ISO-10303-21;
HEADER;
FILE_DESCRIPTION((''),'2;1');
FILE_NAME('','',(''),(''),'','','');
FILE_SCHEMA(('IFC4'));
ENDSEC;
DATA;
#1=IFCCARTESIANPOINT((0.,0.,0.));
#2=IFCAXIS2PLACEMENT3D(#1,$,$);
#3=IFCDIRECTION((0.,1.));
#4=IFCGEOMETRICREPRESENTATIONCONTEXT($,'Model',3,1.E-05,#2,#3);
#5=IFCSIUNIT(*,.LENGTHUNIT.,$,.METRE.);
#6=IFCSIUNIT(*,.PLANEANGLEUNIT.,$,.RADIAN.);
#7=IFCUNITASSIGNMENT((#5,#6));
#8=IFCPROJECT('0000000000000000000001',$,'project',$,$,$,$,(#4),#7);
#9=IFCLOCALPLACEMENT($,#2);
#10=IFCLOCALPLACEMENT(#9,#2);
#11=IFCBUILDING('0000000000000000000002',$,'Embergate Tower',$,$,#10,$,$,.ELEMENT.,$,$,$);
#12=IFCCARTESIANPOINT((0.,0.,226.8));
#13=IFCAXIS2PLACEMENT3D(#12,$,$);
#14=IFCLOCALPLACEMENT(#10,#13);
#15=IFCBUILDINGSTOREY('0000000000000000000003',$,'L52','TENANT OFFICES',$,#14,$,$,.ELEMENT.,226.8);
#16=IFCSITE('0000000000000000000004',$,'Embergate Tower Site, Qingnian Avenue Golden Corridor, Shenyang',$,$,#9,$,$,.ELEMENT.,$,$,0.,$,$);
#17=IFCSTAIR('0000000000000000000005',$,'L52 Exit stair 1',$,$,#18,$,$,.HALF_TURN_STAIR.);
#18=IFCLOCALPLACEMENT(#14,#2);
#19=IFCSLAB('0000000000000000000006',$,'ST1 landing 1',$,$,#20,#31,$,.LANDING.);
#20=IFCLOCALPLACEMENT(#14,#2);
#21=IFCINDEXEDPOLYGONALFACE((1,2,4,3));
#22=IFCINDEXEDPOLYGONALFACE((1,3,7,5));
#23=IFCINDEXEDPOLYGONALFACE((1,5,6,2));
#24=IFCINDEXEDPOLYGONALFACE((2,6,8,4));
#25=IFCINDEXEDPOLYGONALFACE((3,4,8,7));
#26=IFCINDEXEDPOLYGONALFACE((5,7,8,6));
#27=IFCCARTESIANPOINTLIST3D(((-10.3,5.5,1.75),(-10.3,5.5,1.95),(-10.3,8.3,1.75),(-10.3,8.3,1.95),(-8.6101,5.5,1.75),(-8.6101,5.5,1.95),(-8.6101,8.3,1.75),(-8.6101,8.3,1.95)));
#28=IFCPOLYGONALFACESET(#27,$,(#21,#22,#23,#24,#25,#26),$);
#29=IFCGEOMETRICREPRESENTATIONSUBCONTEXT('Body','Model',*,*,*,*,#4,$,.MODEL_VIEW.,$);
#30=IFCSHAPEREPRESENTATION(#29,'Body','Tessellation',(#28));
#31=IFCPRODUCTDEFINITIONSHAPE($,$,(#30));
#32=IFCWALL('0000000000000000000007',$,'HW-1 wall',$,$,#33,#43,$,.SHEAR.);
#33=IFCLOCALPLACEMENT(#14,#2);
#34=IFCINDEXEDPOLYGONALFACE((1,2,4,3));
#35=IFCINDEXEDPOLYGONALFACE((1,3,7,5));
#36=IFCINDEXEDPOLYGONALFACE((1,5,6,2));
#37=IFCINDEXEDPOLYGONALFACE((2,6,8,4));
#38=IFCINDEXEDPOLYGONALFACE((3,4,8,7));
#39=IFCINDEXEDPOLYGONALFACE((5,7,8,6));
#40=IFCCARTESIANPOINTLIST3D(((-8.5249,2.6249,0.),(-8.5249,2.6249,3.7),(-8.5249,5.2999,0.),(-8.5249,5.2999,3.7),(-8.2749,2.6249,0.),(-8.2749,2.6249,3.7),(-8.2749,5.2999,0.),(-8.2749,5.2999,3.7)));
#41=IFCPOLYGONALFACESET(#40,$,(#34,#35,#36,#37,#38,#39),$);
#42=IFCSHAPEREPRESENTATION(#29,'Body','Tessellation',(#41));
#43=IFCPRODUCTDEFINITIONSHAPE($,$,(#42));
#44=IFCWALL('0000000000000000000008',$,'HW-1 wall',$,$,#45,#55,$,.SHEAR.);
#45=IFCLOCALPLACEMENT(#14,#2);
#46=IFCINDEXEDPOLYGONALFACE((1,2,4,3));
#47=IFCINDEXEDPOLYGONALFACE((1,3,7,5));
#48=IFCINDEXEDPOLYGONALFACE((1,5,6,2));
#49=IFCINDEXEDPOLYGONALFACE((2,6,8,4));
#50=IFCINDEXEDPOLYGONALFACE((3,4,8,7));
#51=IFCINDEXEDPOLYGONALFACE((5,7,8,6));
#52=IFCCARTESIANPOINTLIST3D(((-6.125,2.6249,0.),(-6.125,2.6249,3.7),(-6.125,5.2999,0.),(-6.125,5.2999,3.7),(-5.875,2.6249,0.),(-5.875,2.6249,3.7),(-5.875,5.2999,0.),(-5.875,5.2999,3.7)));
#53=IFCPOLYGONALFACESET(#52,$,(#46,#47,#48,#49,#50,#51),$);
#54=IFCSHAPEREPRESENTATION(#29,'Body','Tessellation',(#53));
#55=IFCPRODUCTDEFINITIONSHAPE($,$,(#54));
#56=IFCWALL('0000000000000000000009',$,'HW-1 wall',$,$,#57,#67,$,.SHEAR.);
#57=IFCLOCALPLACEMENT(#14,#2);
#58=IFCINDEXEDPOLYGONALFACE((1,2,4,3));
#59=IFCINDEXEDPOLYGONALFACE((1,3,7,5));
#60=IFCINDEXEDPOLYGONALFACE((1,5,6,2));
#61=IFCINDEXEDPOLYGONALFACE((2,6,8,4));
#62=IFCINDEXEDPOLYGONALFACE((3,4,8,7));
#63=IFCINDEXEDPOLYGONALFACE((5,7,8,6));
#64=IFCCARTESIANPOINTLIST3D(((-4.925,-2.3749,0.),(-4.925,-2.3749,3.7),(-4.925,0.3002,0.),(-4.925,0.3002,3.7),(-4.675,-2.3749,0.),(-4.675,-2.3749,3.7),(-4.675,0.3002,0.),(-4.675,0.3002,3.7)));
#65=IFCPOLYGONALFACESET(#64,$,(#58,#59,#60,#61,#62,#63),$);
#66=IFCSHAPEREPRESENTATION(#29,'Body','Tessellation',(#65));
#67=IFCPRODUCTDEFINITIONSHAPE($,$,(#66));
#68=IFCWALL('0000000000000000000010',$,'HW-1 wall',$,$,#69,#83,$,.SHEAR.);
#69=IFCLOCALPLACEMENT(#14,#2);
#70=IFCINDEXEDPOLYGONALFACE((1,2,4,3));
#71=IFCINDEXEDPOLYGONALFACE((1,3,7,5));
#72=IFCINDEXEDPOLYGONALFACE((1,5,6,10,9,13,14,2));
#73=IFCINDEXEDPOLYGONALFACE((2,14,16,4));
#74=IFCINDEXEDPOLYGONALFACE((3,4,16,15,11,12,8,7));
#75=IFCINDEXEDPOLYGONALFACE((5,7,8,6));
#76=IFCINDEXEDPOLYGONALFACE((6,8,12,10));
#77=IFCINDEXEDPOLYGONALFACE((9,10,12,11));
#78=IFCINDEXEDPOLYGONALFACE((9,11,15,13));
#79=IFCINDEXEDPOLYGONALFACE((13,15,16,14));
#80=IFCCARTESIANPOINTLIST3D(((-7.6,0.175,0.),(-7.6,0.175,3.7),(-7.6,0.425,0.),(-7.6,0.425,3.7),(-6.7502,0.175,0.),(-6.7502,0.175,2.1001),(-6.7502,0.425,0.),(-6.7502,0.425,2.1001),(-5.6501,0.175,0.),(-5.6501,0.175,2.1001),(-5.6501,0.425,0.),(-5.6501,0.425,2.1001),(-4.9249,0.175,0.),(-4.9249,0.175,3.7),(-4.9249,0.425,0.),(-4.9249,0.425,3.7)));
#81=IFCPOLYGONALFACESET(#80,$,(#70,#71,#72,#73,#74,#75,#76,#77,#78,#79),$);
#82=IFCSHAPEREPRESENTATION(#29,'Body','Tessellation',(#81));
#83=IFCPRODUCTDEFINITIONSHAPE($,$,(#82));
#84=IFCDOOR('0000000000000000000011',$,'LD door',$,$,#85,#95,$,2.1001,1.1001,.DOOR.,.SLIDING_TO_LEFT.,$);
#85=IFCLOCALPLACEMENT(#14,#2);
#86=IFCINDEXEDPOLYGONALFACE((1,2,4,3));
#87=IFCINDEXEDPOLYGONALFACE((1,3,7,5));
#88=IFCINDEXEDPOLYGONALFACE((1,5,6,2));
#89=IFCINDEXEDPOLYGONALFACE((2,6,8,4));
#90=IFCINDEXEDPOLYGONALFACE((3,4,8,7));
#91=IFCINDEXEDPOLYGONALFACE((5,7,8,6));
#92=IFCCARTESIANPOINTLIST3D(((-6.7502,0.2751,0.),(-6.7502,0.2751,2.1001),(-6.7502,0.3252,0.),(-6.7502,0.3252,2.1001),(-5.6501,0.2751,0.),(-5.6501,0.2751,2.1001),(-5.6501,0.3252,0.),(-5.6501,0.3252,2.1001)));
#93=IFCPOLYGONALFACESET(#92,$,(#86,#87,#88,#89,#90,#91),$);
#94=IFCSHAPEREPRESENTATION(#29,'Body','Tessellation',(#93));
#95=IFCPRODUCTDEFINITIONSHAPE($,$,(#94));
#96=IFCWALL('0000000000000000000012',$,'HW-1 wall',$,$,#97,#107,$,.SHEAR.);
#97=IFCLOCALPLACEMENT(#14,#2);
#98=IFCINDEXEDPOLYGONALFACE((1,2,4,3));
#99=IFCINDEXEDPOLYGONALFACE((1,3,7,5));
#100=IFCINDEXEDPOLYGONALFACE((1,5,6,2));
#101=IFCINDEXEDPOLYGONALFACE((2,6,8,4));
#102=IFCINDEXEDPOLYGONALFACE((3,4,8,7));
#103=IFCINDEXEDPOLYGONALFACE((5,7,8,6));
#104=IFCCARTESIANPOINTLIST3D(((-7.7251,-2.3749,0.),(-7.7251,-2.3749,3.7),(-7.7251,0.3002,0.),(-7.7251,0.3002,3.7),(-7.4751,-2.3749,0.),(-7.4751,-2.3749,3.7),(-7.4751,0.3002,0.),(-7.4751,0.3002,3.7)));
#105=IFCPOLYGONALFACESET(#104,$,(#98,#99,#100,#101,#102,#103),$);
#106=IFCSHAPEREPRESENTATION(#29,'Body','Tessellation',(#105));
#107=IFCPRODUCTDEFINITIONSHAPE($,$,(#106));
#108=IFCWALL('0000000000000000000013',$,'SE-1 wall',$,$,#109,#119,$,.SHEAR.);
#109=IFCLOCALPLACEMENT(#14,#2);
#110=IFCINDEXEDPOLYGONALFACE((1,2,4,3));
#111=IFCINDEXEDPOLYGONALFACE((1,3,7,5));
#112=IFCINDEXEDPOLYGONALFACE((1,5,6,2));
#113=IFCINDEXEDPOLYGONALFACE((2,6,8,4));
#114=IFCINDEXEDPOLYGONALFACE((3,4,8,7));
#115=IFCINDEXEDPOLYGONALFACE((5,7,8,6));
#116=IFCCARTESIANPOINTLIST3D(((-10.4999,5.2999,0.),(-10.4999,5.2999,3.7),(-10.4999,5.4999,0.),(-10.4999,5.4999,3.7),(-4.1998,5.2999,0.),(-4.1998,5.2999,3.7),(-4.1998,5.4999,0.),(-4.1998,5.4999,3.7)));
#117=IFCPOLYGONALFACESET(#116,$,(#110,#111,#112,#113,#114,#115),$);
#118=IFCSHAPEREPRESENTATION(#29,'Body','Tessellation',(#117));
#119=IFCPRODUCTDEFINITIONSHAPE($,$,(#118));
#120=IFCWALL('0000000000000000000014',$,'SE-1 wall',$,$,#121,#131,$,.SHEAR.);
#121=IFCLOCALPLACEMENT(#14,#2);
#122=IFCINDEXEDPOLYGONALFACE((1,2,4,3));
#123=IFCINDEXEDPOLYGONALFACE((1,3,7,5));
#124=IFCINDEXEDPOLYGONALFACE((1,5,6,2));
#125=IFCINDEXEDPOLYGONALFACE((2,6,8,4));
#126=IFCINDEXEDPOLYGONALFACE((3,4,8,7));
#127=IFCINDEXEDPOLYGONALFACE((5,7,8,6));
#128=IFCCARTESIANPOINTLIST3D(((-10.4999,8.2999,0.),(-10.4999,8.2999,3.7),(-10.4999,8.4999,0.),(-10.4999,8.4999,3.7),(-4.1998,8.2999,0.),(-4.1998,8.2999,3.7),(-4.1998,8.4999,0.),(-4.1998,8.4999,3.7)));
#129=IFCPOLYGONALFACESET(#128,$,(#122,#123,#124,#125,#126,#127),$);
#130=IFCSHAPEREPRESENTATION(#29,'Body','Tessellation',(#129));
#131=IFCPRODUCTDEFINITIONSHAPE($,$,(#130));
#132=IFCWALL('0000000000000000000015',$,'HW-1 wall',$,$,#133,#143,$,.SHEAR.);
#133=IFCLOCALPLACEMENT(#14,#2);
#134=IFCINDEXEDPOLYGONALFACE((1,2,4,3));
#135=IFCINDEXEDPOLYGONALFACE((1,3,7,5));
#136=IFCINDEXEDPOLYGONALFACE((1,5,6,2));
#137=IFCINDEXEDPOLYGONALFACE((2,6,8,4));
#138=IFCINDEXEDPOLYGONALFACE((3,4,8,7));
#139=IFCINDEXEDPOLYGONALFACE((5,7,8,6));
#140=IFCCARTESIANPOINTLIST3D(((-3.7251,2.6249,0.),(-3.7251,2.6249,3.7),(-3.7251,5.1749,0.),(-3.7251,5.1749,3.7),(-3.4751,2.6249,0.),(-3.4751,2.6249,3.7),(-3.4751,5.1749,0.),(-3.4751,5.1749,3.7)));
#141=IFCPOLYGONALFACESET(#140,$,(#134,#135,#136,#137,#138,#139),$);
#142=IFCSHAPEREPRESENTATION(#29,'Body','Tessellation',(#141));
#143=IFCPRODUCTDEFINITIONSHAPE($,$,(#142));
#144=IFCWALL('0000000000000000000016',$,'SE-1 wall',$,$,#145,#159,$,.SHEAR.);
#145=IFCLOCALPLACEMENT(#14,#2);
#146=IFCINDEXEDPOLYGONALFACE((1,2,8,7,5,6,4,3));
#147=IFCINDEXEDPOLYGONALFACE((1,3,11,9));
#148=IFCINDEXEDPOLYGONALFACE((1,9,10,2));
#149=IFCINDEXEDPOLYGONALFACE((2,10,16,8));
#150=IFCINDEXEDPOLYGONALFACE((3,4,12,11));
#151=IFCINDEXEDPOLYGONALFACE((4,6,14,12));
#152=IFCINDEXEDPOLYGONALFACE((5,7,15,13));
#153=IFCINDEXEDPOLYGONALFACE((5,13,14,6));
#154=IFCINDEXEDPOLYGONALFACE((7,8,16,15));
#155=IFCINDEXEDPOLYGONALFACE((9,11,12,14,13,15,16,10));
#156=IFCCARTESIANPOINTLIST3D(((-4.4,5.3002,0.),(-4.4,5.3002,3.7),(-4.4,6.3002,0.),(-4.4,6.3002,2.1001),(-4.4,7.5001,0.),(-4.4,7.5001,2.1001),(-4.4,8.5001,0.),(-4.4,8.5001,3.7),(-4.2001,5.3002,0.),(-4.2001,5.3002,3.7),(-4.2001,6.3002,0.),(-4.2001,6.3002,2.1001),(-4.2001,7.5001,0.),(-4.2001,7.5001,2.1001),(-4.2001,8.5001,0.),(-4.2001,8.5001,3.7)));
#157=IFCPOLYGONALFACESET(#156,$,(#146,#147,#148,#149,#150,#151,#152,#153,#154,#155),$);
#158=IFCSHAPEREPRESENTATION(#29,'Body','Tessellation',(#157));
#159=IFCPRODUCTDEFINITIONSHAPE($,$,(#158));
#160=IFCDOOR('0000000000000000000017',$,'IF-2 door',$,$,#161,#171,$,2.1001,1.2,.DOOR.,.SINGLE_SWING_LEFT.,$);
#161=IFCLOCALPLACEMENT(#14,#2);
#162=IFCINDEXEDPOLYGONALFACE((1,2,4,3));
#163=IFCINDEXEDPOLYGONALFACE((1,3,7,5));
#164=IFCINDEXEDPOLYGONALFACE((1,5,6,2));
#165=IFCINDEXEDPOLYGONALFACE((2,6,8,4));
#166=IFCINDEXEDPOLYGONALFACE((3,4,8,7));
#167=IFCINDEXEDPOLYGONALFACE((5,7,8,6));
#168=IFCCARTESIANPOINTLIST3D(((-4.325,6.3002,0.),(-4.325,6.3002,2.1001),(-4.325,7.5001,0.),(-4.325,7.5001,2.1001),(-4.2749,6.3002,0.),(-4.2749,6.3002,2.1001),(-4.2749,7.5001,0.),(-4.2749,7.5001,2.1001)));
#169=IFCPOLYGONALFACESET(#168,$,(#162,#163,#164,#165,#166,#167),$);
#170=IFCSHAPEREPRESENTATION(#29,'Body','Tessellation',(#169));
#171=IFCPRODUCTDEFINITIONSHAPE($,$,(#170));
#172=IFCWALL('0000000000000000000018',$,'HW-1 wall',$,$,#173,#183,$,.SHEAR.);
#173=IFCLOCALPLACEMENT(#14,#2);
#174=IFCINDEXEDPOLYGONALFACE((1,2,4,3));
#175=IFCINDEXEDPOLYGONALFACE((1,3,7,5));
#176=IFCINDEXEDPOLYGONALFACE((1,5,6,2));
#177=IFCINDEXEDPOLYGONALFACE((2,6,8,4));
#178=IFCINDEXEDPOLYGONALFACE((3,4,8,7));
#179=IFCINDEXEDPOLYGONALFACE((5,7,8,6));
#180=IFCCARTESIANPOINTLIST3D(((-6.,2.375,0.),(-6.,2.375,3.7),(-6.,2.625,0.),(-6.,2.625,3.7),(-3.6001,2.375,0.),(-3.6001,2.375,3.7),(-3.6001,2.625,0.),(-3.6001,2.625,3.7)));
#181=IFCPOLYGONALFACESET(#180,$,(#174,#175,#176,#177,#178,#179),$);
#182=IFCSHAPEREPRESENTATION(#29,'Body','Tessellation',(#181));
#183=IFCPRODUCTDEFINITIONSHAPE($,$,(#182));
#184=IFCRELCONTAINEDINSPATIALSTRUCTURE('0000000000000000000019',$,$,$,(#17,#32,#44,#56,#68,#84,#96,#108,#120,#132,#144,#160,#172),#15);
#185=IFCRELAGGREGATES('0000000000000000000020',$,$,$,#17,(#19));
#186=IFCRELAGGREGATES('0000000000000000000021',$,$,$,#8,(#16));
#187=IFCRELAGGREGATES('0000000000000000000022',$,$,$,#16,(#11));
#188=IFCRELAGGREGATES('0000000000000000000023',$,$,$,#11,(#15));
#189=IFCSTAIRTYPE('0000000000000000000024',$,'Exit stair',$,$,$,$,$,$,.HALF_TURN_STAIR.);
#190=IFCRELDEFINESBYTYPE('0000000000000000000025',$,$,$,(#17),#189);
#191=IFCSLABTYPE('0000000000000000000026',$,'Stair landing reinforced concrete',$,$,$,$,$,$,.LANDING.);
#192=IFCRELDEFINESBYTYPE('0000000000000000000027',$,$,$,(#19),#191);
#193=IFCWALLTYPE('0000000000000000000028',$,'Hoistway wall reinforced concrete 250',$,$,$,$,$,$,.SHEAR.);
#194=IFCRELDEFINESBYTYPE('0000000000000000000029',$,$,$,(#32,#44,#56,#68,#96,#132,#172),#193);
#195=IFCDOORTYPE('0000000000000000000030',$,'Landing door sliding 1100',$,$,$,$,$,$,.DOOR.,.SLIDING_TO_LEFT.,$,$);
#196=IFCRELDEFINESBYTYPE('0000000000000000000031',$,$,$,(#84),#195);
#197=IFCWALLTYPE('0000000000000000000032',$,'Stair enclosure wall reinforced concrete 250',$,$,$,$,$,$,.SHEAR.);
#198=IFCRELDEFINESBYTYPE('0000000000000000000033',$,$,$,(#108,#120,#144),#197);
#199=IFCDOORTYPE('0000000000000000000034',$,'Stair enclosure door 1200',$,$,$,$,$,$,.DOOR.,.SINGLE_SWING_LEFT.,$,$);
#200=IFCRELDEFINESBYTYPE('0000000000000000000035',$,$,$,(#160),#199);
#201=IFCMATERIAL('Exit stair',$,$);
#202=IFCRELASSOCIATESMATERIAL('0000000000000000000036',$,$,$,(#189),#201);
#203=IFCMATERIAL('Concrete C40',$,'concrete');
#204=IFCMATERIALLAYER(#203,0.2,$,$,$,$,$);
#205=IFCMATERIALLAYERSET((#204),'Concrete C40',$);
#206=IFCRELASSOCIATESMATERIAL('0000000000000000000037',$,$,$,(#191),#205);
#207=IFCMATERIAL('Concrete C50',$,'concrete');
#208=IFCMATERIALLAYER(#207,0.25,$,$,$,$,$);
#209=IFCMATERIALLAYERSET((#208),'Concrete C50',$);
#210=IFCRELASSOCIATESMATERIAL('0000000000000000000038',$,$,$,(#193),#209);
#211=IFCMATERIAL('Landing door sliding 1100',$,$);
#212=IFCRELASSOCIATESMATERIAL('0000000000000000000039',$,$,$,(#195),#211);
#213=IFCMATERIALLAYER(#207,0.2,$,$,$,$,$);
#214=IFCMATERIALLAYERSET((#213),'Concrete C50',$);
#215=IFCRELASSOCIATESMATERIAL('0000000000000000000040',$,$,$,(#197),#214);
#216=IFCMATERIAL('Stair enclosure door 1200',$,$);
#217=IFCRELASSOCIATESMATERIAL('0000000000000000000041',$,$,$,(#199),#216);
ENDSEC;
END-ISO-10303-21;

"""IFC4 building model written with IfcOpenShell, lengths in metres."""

from ifc_helpers import new_model, si_unit, direction, frame, frame_2d, origin, place, context, subcontext, project, spatial, polyline, rectangle, outline, extrude, source, transform, mapped, material, layer, layer_set, type_object, element, fill, aggregate, save


model = new_model("IFC4")

# Units and contexts
model_context = context("Model", 3, precision=1e-05, world=origin(), true_north=direction((0.0, 1.0)))
body_context = subcontext(model_context, "Body", "Model", "MODEL_VIEW")
ifc_project = project(units=[si_unit("LENGTHUNIT", "METRE"), si_unit("PLANEANGLEUNIT", "RADIAN")], contexts=[model_context])

# Site, building, storey
site_placement = place(None, origin())
site = spatial("IfcSite", under=ifc_project, at=site_placement, Name="Embergate Tower Site, Qingnian Avenue Golden Corridor, Shenyang", CompositionType="ELEMENT", RefElevation=0.0)
building_placement = place(site_placement, origin())
building = spatial("IfcBuilding", under=site, at=building_placement, Name="Embergate Tower", CompositionType="ELEMENT")
storey_placement = place(building_placement, frame((0.0, 0.0, 226.8)))
storey = spatial("IfcBuildingStorey", under=building, at=storey_placement, Name="L52", Description="TENANT OFFICES", CompositionType="ELEMENT", Elevation=226.8)

# Stair, slab
ifc_material_1 = material(Name="Exit stair")
stair_type = type_object("IfcStairType", Name="Exit stair", PredefinedType="HALF_TURN_STAIR", material=ifc_material_1)
stair_placement = place(storey_placement, origin())
stair = element("IfcStair", 1, at=stair_placement, inside=storey, type_object=stair_type, Name="L52 Exit stair 1", PredefinedType="HALF_TURN_STAIR")
ifc_material_2 = material(Name="Concrete C40", Category="concrete")
ifc_layer_1 = layer(ifc_material_2, 0.2)
ifc_layer_set_1 = layer_set([ifc_layer_1], Name="Concrete C40")
slab_type = type_object("IfcSlabType", Name="Stair landing reinforced concrete", PredefinedType="LANDING", material=ifc_layer_set_1)
shared_shape_1 = source(origin(), body_context, "Body", "SweptSolid", [
    extrude(outline(polyline([(0.0, 0.0), (1.6899, 0.0), (1.6899, 2.8), (0.0, 2.8), (0.0, 0.0)])), origin(), (0.0, 0.0, 1.0), 0.2),
])
slab_placement = place(storey_placement, frame((-10.3, 5.5, 1.75)))
slab = element("IfcSlab", 2, at=slab_placement, type_object=slab_type, Name="ST1 landing 1", PredefinedType="LANDING", context=body_context, shape_type="MappedRepresentation", body=[
    mapped(shared_shape_1, transform((0.0, 0.0, 0.0))),
])

# Walls
ifc_material_3 = material(Name="Concrete C50", Category="concrete")
ifc_layer_2 = layer(ifc_material_3, 0.25)
ifc_layer_set_2 = layer_set([ifc_layer_2], Name="Concrete C50")
wall_type_1 = type_object("IfcWallType", Name="Hoistway wall reinforced concrete 250", PredefinedType="SHEAR", material=ifc_layer_set_2)
shared_shape_2 = source(origin(), body_context, "Body", "SweptSolid", [
    extrude(rectangle(XDim=2.675, YDim=0.25, at=frame_2d((1.3374, 0.0))), origin(), (0.0, 0.0, 1.0), 3.7),
])
for number, where, z_axis, x_axis, name in (
    (3, (-8.3999, 2.625, 0.0), (0.0, 0.0, 1.0), (0.0, 1.0, 0.0), "HW-1 wall"),
    (4, (-6.0, 2.625, 0.0), (0.0, 0.0, 1.0), (0.0, 1.0, 0.0), "HW-1 wall"),
    (5, (-4.8, 0.3, 0.0), (0.0, 0.0, 1.0), (0.0, -1.0, 0.0), "HW-1 wall"),
):
    element("IfcWall", number, at=place(storey_placement, frame(where, z_axis=z_axis, x_axis=x_axis)), inside=storey, type_object=wall_type_1, Name=name, PredefinedType="SHEAR", context=body_context, shape_type="MappedRepresentation", body=[
        mapped(shared_shape_2, transform((0.0, 0.0, 0.0))),
    ])

# Wall, opening, door
wall_1_placement = place(storey_placement, frame((-4.925, 0.3, 0.0), z_axis=(0.0, 0.0, 1.0), x_axis=(-1.0, 0.0, 0.0)))
wall_1 = element("IfcWall", 6, at=wall_1_placement, inside=storey, type_object=wall_type_1, Name="HW-1 wall", PredefinedType="SHEAR", context=body_context, shape_type="MappedRepresentation", body=[
    mapped(shared_shape_2, transform((0.0, 0.0, 0.0))),
])
shared_shape_3 = source(origin(), body_context, "Body", "SweptSolid", [
    extrude(rectangle(XDim=1.1001, YDim=2.1001, at=frame_2d((0.55, 1.05))), frame((0.0, 0.135, 0.0), z_axis=(0.0, -1.0, 0.0), x_axis=(1.0, 0.0, 0.0)), (0.0, 0.0, 1.0), 0.27),
])
opening_1_placement = place(wall_1_placement, frame((0.7251, 0.0, 0.0)))
opening_1 = element("IfcOpeningElement", 7, at=opening_1_placement, cuts=wall_1, PredefinedType="OPENING", context=body_context, shape_type="MappedRepresentation", body=[
    mapped(shared_shape_3, transform((0.0, 0.0, 0.0))),
])
ifc_material_4 = material(Name="Landing door sliding 1100")
door_type_1 = type_object("IfcDoorType", Name="Landing door sliding 1100", OperationType="SLIDING_TO_LEFT", PredefinedType="DOOR", material=ifc_material_4)
shared_shape_4 = source(origin(), body_context, "Body", "SweptSolid", [
    extrude(rectangle(XDim=1.1001, YDim=2.1001, at=frame_2d((0.55, 1.05))), frame((0.0, 0.0249, 0.0), z_axis=(0.0, -1.0, 0.0), x_axis=(1.0, 0.0, 0.0)), (0.0, 0.0, 1.0), 0.05),
])
door_1_placement = place(opening_1_placement, origin())
door_1 = element("IfcDoor", 8, at=door_1_placement, inside=storey, type_object=door_type_1, Name="LD door", OperationType="SLIDING_TO_LEFT", OverallHeight=2.1001, OverallWidth=1.1001, PredefinedType="DOOR", context=body_context, shape_type="MappedRepresentation", body=[
    mapped(shared_shape_4, transform((0.0, 0.0, 0.0))),
])
fill(opening_1, door_1)

# Walls
wall_2_placement = place(storey_placement, frame((-7.6001, 0.3, 0.0), z_axis=(0.0, 0.0, 1.0), x_axis=(0.0, -1.0, 0.0)))
element("IfcWall", 9, at=wall_2_placement, inside=storey, type_object=wall_type_1, Name="HW-1 wall", PredefinedType="SHEAR", context=body_context, shape_type="MappedRepresentation", body=[
    mapped(shared_shape_2, transform((0.0, 0.0, 0.0))),
])
ifc_layer_3 = layer(ifc_material_3, 0.2)
ifc_layer_set_3 = layer_set([ifc_layer_3], Name="Concrete C50")
wall_type_2 = type_object("IfcWallType", Name="Stair enclosure wall reinforced concrete 250", PredefinedType="SHEAR", material=ifc_layer_set_3)
shared_shape_5 = source(origin(), body_context, "Body", "SweptSolid", [
    extrude(rectangle(XDim=6.3, YDim=0.2, at=frame_2d((3.1499, 0.0))), origin(), (0.0, 0.0, 1.0), 3.7),
])
for number, where, z_axis, x_axis, name in (
    (10, (-4.2, 5.3999, 0.0), (0.0, 0.0, 1.0), (-1.0, 0.0, 0.0), "SE-1 wall"),
    (11, (-4.2, 8.3999, 0.0), (0.0, 0.0, 1.0), (-1.0, 0.0, 0.0), "SE-1 wall"),
):
    element("IfcWall", number, at=place(storey_placement, frame(where, z_axis=z_axis, x_axis=x_axis)), inside=storey, type_object=wall_type_2, Name=name, PredefinedType="SHEAR", context=body_context, shape_type="MappedRepresentation", body=[
        mapped(shared_shape_5, transform((0.0, 0.0, 0.0))),
    ])
shared_shape_6 = source(origin(), body_context, "Body", "SweptSolid", [
    extrude(rectangle(XDim=2.55, YDim=0.25, at=frame_2d((1.2749, 0.0))), origin(), (0.0, 0.0, 1.0), 3.7),
])
wall_3_placement = place(storey_placement, frame((-3.6001, 2.625, 0.0), z_axis=(0.0, 0.0, 1.0), x_axis=(0.0, 1.0, 0.0)))
element("IfcWall", 12, at=wall_3_placement, inside=storey, type_object=wall_type_1, Name="HW-1 wall", PredefinedType="SHEAR", context=body_context, shape_type="MappedRepresentation", body=[
    mapped(shared_shape_6, transform((0.0, 0.0, 0.0))),
])

# Wall, opening, door
shared_shape_7 = source(origin(), body_context, "Body", "SweptSolid", [
    extrude(rectangle(XDim=3.2, YDim=0.2, at=frame_2d((1.6001, 0.0))), origin(), (0.0, 0.0, 1.0), 3.7),
])
wall_4_placement = place(storey_placement, frame((-4.3, 5.3, 0.0), z_axis=(0.0, 0.0, 1.0), x_axis=(0.0, 1.0, 0.0)))
wall_4 = element("IfcWall", 13, at=wall_4_placement, inside=storey, type_object=wall_type_2, Name="SE-1 wall", PredefinedType="SHEAR", context=body_context, shape_type="MappedRepresentation", body=[
    mapped(shared_shape_7, transform((0.0, 0.0, 0.0))),
])
shared_shape_8 = source(origin(), body_context, "Body", "SweptSolid", [
    extrude(rectangle(XDim=1.2, YDim=2.1001, at=frame_2d((0.6001, 1.05))), frame((0.0, 0.1099, 0.0), z_axis=(0.0, -1.0, 0.0), x_axis=(1.0, 0.0, 0.0)), (0.0, 0.0, 1.0), 0.22),
])
opening_2_placement = place(wall_4_placement, frame((1.0, 0.0, 0.0)))
opening_2 = element("IfcOpeningElement", 14, at=opening_2_placement, cuts=wall_4, PredefinedType="OPENING", context=body_context, shape_type="MappedRepresentation", body=[
    mapped(shared_shape_8, transform((0.0, 0.0, 0.0))),
])
ifc_material_5 = material(Name="Stair enclosure door 1200")
door_type_2 = type_object("IfcDoorType", Name="Stair enclosure door 1200", OperationType="SINGLE_SWING_LEFT", PredefinedType="DOOR", material=ifc_material_5)
shared_shape_9 = source(origin(), body_context, "Body", "SweptSolid", [
    extrude(rectangle(XDim=1.2, YDim=2.1001, at=frame_2d((0.6001, 1.05))), frame((0.0, 0.0249, 0.0), z_axis=(0.0, -1.0, 0.0), x_axis=(1.0, 0.0, 0.0)), (0.0, 0.0, 1.0), 0.05),
])
door_2_placement = place(opening_2_placement, origin())
door_2 = element("IfcDoor", 15, at=door_2_placement, inside=storey, type_object=door_type_2, Name="IF-2 door", OperationType="SINGLE_SWING_LEFT", OverallHeight=2.1001, OverallWidth=1.2, PredefinedType="DOOR", context=body_context, shape_type="MappedRepresentation", body=[
    mapped(shared_shape_9, transform((0.0, 0.0, 0.0))),
])
fill(opening_2, door_2)

# Wall
shared_shape_10 = source(origin(), body_context, "Body", "SweptSolid", [
    extrude(rectangle(XDim=2.3999, YDim=0.25, at=frame_2d((1.2, 0.0))), origin(), (0.0, 0.0, 1.0), 3.7),
])
wall_5_placement = place(storey_placement, frame((-6.0, 2.5, 0.0), z_axis=(0.0, 0.0, 1.0), x_axis=(1.0, 0.0, 0.0)))
element("IfcWall", 16, at=wall_5_placement, inside=storey, type_object=wall_type_1, Name="HW-1 wall", PredefinedType="SHEAR", context=body_context, shape_type="MappedRepresentation", body=[
    mapped(shared_shape_10, transform((0.0, 0.0, 0.0))),
])

aggregate(stair, [slab])

save(model, "model.ifc")
